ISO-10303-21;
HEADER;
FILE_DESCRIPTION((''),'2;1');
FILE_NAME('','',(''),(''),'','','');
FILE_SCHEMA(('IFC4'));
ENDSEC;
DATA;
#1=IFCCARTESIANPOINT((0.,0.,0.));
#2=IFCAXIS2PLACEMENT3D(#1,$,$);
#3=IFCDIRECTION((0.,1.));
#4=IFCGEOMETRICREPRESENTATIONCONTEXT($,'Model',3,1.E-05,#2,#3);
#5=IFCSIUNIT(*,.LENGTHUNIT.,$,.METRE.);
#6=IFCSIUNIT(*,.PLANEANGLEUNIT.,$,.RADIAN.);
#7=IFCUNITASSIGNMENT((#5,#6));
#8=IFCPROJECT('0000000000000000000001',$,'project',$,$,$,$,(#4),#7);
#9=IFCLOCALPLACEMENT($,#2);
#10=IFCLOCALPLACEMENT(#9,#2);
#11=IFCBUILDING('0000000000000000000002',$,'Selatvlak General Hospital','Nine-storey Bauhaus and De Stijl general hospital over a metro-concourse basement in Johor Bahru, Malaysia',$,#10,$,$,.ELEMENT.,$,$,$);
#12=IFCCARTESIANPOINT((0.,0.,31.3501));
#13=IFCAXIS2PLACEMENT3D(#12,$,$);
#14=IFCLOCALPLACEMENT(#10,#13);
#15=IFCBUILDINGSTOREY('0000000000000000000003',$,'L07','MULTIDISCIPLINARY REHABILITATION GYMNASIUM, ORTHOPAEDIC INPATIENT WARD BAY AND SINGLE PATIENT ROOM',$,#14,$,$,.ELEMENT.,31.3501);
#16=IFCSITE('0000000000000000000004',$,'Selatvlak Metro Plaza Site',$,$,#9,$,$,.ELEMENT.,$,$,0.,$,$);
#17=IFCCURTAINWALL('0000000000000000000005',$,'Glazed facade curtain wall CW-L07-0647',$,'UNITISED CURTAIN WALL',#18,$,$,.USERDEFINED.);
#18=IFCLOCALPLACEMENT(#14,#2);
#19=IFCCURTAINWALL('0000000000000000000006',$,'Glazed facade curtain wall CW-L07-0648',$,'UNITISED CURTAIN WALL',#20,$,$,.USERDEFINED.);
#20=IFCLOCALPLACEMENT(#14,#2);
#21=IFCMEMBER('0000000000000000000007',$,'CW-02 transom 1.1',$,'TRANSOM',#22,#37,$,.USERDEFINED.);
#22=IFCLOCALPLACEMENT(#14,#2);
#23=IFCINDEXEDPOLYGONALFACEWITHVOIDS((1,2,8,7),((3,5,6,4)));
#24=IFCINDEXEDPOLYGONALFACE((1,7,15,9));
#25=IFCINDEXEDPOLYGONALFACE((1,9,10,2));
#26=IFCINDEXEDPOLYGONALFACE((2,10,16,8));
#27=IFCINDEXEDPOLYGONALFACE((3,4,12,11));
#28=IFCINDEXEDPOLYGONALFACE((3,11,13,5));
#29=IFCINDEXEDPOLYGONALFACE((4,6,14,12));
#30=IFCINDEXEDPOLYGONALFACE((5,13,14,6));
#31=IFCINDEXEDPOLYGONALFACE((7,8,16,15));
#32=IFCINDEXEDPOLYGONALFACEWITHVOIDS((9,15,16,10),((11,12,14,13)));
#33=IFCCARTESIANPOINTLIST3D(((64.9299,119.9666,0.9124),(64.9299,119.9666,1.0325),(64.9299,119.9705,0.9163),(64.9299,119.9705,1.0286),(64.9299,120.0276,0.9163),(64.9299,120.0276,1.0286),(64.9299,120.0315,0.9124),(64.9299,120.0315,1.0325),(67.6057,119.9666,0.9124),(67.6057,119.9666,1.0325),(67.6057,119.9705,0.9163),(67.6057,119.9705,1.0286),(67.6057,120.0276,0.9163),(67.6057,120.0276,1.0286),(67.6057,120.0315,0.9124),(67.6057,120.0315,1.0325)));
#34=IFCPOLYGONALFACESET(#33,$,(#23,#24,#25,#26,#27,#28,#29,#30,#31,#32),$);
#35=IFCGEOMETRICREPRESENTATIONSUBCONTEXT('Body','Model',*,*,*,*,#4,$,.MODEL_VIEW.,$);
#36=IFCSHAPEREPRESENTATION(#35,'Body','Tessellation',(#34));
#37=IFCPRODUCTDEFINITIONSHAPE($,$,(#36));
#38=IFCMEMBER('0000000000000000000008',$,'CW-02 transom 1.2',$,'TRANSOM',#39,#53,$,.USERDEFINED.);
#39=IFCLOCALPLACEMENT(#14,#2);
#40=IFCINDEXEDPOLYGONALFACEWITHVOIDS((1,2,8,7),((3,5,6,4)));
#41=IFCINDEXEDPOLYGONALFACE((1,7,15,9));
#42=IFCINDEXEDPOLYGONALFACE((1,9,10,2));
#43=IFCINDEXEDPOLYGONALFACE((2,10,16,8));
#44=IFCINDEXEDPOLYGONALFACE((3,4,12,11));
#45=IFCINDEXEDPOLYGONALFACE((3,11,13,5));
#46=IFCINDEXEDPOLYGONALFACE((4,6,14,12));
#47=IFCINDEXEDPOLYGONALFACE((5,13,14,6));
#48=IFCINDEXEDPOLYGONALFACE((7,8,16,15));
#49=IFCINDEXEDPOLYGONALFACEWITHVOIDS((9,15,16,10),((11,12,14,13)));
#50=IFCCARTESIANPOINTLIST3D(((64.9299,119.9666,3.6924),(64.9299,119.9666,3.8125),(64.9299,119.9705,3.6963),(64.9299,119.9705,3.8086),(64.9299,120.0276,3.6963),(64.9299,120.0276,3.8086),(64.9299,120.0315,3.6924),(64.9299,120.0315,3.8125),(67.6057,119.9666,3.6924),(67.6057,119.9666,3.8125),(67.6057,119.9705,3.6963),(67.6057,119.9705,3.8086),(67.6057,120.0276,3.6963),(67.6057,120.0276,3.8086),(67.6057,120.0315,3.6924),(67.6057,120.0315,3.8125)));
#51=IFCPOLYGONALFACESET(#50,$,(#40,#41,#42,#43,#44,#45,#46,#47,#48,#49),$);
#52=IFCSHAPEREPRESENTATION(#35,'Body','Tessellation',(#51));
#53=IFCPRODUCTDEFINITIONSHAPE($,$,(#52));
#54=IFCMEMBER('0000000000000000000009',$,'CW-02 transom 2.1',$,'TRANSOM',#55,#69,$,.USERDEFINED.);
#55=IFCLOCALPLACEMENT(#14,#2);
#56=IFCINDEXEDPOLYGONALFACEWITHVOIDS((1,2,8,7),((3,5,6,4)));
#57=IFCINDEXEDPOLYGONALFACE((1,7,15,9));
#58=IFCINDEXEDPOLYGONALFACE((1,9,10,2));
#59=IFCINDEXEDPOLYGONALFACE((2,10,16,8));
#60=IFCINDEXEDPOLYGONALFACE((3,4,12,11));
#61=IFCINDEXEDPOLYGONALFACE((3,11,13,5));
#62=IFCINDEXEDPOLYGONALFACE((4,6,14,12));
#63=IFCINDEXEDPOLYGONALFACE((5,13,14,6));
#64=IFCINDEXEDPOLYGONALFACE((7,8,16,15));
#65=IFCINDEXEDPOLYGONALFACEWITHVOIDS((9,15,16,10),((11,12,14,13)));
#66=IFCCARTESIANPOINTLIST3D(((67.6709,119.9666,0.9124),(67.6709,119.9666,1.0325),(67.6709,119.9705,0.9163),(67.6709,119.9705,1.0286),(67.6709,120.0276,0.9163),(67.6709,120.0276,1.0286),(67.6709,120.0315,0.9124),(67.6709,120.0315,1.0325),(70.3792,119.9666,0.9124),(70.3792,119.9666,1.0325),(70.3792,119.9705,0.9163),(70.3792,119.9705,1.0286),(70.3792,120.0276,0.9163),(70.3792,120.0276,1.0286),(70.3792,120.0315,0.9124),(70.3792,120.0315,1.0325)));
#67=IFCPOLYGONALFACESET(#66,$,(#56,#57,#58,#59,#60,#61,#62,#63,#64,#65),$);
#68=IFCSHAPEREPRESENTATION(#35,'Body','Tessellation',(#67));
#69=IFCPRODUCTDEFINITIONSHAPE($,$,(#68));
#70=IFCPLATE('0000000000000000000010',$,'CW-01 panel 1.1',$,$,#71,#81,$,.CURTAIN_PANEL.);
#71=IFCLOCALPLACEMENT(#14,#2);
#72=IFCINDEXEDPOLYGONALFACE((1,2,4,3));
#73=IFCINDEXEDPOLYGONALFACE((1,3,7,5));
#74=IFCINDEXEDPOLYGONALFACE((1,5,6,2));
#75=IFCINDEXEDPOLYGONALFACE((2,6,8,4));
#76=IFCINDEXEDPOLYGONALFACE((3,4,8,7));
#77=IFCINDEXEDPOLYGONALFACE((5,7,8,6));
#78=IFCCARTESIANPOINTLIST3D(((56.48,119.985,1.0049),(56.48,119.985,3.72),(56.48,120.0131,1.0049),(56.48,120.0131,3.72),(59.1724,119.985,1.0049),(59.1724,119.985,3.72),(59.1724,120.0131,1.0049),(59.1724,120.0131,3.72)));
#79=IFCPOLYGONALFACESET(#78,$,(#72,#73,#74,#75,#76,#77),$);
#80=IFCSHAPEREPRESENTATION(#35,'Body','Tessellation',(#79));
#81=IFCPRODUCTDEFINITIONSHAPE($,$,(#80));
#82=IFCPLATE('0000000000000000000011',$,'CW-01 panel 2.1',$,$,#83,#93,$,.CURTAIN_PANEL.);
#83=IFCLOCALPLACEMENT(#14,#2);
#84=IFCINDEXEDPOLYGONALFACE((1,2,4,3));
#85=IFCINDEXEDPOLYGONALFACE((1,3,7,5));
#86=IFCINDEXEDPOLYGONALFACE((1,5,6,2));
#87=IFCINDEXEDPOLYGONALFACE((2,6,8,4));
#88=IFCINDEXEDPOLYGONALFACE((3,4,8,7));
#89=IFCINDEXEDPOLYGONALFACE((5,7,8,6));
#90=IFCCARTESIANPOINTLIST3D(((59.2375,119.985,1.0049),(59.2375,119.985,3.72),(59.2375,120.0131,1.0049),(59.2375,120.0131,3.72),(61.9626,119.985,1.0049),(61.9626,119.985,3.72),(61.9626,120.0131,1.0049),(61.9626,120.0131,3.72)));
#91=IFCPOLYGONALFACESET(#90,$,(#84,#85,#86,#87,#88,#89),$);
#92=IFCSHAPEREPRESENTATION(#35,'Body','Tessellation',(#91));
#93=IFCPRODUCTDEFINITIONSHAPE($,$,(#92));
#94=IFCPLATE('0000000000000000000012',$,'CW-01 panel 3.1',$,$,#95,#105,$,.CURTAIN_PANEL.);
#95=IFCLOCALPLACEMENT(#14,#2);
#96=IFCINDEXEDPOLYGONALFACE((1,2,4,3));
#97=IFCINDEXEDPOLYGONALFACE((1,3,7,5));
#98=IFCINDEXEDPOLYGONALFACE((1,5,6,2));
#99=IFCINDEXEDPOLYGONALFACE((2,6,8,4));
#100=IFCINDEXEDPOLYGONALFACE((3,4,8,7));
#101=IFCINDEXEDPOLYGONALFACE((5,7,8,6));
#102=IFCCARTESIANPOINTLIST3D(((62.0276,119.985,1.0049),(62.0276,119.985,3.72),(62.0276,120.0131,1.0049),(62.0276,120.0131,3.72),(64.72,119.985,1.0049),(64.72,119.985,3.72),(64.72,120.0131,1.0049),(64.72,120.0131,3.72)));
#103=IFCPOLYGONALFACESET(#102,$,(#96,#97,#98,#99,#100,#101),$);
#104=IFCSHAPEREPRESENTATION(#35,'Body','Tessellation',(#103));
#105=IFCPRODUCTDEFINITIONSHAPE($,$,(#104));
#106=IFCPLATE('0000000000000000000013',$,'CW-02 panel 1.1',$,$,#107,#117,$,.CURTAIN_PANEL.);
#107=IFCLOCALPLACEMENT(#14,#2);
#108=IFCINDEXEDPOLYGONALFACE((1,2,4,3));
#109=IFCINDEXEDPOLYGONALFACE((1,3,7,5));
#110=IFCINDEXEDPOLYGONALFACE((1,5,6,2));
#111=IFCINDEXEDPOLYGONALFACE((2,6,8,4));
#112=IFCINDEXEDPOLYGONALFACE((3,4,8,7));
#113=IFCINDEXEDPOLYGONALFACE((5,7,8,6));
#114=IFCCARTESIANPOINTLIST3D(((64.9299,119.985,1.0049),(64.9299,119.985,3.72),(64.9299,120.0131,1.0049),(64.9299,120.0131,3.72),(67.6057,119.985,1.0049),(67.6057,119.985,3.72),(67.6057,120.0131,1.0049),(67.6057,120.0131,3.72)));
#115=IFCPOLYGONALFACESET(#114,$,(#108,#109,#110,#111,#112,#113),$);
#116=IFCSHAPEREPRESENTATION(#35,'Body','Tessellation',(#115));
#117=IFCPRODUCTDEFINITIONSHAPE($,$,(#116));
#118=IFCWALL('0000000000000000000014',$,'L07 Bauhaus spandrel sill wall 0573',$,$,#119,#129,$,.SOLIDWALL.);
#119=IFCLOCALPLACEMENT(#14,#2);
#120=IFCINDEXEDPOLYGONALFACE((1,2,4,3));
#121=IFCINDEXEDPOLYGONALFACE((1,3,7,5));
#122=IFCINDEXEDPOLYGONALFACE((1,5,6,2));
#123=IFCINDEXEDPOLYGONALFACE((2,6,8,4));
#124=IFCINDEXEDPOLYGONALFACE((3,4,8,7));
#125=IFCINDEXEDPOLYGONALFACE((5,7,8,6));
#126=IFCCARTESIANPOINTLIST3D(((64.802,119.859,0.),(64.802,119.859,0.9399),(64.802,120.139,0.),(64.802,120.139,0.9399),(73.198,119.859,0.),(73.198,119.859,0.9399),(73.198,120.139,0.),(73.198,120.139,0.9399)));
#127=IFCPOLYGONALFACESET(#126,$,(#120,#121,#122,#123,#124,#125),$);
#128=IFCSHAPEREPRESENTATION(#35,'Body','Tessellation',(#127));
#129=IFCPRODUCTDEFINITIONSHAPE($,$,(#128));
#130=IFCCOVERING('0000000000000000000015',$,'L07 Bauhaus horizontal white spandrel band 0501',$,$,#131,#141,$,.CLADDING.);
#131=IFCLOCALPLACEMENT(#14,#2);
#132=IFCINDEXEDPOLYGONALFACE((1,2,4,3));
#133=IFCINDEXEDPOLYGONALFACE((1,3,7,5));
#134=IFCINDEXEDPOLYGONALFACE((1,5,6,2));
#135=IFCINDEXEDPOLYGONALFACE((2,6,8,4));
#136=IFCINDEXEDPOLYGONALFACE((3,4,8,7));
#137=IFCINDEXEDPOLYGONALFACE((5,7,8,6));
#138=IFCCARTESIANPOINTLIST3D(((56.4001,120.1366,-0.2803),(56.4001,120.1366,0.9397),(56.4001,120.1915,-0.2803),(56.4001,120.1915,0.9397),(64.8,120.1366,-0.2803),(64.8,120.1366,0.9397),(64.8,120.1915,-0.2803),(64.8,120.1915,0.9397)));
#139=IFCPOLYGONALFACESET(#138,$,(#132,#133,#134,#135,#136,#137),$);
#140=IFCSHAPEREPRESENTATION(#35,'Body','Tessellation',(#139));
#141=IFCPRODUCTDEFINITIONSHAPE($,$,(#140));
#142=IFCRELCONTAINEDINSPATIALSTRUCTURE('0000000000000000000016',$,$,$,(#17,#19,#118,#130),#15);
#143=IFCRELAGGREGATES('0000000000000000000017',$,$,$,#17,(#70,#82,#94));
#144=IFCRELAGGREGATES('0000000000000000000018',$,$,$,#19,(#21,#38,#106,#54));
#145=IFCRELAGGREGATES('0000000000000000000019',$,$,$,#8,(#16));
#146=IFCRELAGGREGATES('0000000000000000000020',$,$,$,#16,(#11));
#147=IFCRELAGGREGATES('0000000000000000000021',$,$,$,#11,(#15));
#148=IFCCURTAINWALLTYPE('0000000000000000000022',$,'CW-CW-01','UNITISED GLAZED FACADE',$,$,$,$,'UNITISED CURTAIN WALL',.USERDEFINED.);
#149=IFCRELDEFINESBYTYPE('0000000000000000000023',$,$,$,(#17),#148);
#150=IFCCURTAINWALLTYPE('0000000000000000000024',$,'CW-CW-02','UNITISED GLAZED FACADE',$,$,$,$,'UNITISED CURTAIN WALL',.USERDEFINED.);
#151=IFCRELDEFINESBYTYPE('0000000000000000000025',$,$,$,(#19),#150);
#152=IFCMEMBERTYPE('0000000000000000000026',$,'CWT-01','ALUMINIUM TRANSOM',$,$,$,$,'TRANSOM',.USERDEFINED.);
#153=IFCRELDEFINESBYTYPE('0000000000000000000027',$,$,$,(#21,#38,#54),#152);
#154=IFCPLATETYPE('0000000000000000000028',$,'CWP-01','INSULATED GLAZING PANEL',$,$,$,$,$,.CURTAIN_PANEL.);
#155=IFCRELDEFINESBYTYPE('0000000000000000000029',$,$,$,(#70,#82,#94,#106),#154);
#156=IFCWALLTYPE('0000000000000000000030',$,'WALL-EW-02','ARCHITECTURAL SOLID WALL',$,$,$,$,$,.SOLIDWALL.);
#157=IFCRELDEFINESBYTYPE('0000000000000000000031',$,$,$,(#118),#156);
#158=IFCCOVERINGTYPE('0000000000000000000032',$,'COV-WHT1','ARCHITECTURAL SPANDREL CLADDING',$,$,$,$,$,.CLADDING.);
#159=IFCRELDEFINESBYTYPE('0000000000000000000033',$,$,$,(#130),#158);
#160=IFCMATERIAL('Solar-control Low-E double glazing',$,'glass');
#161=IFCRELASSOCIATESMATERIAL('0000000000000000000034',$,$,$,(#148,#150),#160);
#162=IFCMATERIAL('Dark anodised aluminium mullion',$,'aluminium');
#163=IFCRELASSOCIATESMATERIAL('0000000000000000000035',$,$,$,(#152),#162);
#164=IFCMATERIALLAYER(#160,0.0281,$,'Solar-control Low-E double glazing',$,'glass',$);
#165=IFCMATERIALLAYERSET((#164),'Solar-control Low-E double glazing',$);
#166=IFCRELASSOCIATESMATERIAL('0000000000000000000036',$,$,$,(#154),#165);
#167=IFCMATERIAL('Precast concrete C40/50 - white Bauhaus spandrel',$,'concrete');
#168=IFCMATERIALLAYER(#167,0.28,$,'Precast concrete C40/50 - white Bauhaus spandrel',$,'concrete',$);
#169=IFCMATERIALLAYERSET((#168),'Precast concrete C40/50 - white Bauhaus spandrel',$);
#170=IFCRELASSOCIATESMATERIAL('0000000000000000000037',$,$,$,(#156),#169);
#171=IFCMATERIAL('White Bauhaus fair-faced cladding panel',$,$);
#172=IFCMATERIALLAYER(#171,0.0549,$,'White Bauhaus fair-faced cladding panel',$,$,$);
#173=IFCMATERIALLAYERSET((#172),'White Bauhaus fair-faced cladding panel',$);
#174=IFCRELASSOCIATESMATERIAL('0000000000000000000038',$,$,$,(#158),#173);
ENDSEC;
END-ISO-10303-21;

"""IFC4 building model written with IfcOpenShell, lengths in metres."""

from ifc_helpers import new_model, si_unit, direction, frame, frame_2d, origin, origin_2d, place, context, subcontext, project, spatial, rectangle, hollow_rectangle, extrude, material, layer, layer_set, material_profile, profile_set, type_object, element, aggregate, save


model = new_model("IFC4")

# Units and contexts
model_context = context("Model", 3, precision=1e-05, world=origin(), true_north=direction((0.0, 1.0)))
body_context = subcontext(model_context, "Body", "Model", "MODEL_VIEW")
ifc_project = project(units=[si_unit("LENGTHUNIT", "METRE"), si_unit("PLANEANGLEUNIT", "RADIAN")], contexts=[model_context])

# Site, building, storey
site_placement = place(None, origin())
site = spatial("IfcSite", under=ifc_project, at=site_placement, Name="Selatvlak Metro Plaza Site", CompositionType="ELEMENT", RefElevation=0.0)
building_placement = place(site_placement, origin())
building = spatial("IfcBuilding", under=site, at=building_placement, Name="Selatvlak General Hospital", Description="Nine-storey Bauhaus and De Stijl general hospital over a metro-concourse basement in Johor Bahru, Malaysia", CompositionType="ELEMENT")
storey_placement = place(building_placement, frame((0.0, 0.0, 31.3501)))
storey = spatial("IfcBuildingStorey", under=building, at=storey_placement, Name="L07", Description="MULTIDISCIPLINARY REHABILITATION GYMNASIUM, ORTHOPAEDIC INPATIENT WARD BAY AND SINGLE PATIENT ROOM", CompositionType="ELEMENT", Elevation=31.3501)

# Curtain walls
ifc_material_1 = material(Name="Solar-control Low-E double glazing", Category="glass")
curtain_wall_type_1 = type_object("IfcCurtainWallType", Name="CW-CW-01", Description="UNITISED GLAZED FACADE", ElementType="UNITISED CURTAIN WALL", PredefinedType="USERDEFINED", material=ifc_material_1)
curtain_wall_1_placement = place(storey_placement, origin())
curtain_wall_1 = element("IfcCurtainWall", 1, at=curtain_wall_1_placement, inside=storey, type_object=curtain_wall_type_1, Name="Glazed facade curtain wall CW-L07-0647", ObjectType="UNITISED CURTAIN WALL", PredefinedType="USERDEFINED")
ifc_material_2 = material(Name="Dark anodised aluminium mullion", Category="aluminium")
curtain_wall_type_2 = type_object("IfcCurtainWallType", Name="CW-CW-02", Description="UNITISED GLAZED FACADE", ElementType="UNITISED CURTAIN WALL", PredefinedType="USERDEFINED", material=ifc_material_1)
curtain_wall_2_placement = place(storey_placement, origin())
curtain_wall_2 = element("IfcCurtainWall", 2, at=curtain_wall_2_placement, inside=storey, type_object=curtain_wall_type_2, Name="Glazed facade curtain wall CW-L07-0648", ObjectType="UNITISED CURTAIN WALL", PredefinedType="USERDEFINED")

# Members
ifc_material_profile_1 = material_profile(ifc_material_2, hollow_rectangle(XDim=0.0649, YDim=0.1201, WallThickness=0.0039, at=origin_2d()), Name="AL-TRN 65x120x4")
ifc_profile_set_1 = profile_set([ifc_material_profile_1], Name="Dark anodised aluminium mullion")
member_type_1 = type_object("IfcMemberType", Name="CWT-01", Description="ALUMINIUM TRANSOM", ElementType="TRANSOM", PredefinedType="USERDEFINED", material=ifc_profile_set_1)
member_1_placement = place(storey_placement, frame((64.9299, 119.999, 0.9724), z_axis=(1.0, 0.0, 0.0), x_axis=(0.0, 1.0, 0.0)))
member_1 = element("IfcMember", 3, at=member_1_placement, type_object=member_type_1, Name="CW-02 transom 1.1", ObjectType="TRANSOM", PredefinedType="USERDEFINED", context=body_context, shape_type="SweptSolid", body=[
    extrude(hollow_rectangle(XDim=0.0649, YDim=0.1201, WallThickness=0.0039, at=origin_2d()), origin(), (0.0, 0.0, 1.0), 2.6758),
])
member_2_placement = place(storey_placement, frame((64.9299, 119.999, 3.7524), z_axis=(1.0, 0.0, 0.0), x_axis=(0.0, 1.0, 0.0)))
member_2 = element("IfcMember", 4, at=member_2_placement, type_object=member_type_1, Name="CW-02 transom 1.2", ObjectType="TRANSOM", PredefinedType="USERDEFINED", context=body_context, shape_type="SweptSolid", body=[
    extrude(hollow_rectangle(XDim=0.0649, YDim=0.1201, WallThickness=0.0039, at=origin_2d()), origin(), (0.0, 0.0, 1.0), 2.6758),
])
member_3_placement = place(storey_placement, frame((67.6709, 119.999, 0.9724), z_axis=(1.0, 0.0, 0.0), x_axis=(0.0, 1.0, 0.0)))
member_3 = element("IfcMember", 5, at=member_3_placement, type_object=member_type_1, Name="CW-02 transom 2.1", ObjectType="TRANSOM", PredefinedType="USERDEFINED", context=body_context, shape_type="SweptSolid", body=[
    extrude(hollow_rectangle(XDim=0.0649, YDim=0.1201, WallThickness=0.0039, at=origin_2d()), origin(), (0.0, 0.0, 1.0), 2.7083),
])

# Plates
ifc_layer_1 = layer(ifc_material_1, 0.0281, Name="Solar-control Low-E double glazing", Category="glass")
ifc_layer_set_1 = layer_set([ifc_layer_1], Name="Solar-control Low-E double glazing")
plate_type = type_object("IfcPlateType", Name="CWP-01", Description="INSULATED GLAZING PANEL", PredefinedType="CURTAIN_PANEL", material=ifc_layer_set_1)
plate_1_placement = place(storey_placement, frame((57.8262, 119.999, 1.0049), z_axis=(0.0, 0.0, 1.0), x_axis=(1.0, 0.0, 0.0)))
plate_1 = element("IfcPlate", 6, at=plate_1_placement, type_object=plate_type, Name="CW-01 panel 1.1", PredefinedType="CURTAIN_PANEL", context=body_context, shape_type="SweptSolid", body=[
    extrude(rectangle(XDim=2.6924, YDim=0.0281, at=origin_2d()), origin(), (0.0, 0.0, 1.0), 2.7151),
])
plate_2_placement = place(storey_placement, frame((60.6001, 119.999, 1.0049), z_axis=(0.0, 0.0, 1.0), x_axis=(1.0, 0.0, 0.0)))
plate_2 = element("IfcPlate", 7, at=plate_2_placement, type_object=plate_type, Name="CW-01 panel 2.1", PredefinedType="CURTAIN_PANEL", context=body_context, shape_type="SweptSolid", body=[
    extrude(rectangle(XDim=2.7251, YDim=0.0281, at=origin_2d()), origin(), (0.0, 0.0, 1.0), 2.7151),
])
plate_3_placement = place(storey_placement, frame((63.3738, 119.999, 1.0049), z_axis=(0.0, 0.0, 1.0), x_axis=(1.0, 0.0, 0.0)))
plate_3 = element("IfcPlate", 8, at=plate_3_placement, type_object=plate_type, Name="CW-01 panel 3.1", PredefinedType="CURTAIN_PANEL", context=body_context, shape_type="SweptSolid", body=[
    extrude(rectangle(XDim=2.6924, YDim=0.0281, at=origin_2d()), origin(), (0.0, 0.0, 1.0), 2.7151),
])
aggregate(curtain_wall_1, [plate_1, plate_2, plate_3])
plate_4_placement = place(storey_placement, frame((66.2678, 119.999, 1.0049), z_axis=(0.0, 0.0, 1.0), x_axis=(1.0, 0.0, 0.0)))
plate_4 = element("IfcPlate", 9, at=plate_4_placement, type_object=plate_type, Name="CW-02 panel 1.1", PredefinedType="CURTAIN_PANEL", context=body_context, shape_type="SweptSolid", body=[
    extrude(rectangle(XDim=2.6758, YDim=0.0281, at=origin_2d()), origin(), (0.0, 0.0, 1.0), 2.7151),
])
aggregate(curtain_wall_2, [member_1, member_2, plate_4, member_3])

# Wall
ifc_material_3 = material(Name="Precast concrete C40/50 - white Bauhaus spandrel", Category="concrete")
ifc_layer_2 = layer(ifc_material_3, 0.28, Name="Precast concrete C40/50 - white Bauhaus spandrel", Category="concrete")
ifc_layer_set_2 = layer_set([ifc_layer_2], Name="Precast concrete C40/50 - white Bauhaus spandrel")
wall_type = type_object("IfcWallType", Name="WALL-EW-02", Description="ARCHITECTURAL SOLID WALL", PredefinedType="SOLIDWALL", material=ifc_layer_set_2)
wall_placement = place(storey_placement, frame((64.802, 119.999, 0.0), z_axis=(0.0, 0.0, 1.0), x_axis=(1.0, 0.0, 0.0)))
element("IfcWall", 10, at=wall_placement, inside=storey, type_object=wall_type, Name="L07 Bauhaus spandrel sill wall 0573", PredefinedType="SOLIDWALL", context=body_context, shape_type="SweptSolid", body=[
    extrude(rectangle(XDim=8.396, YDim=0.28, at=frame_2d((4.198, 0.0))), origin(), (0.0, 0.0, 1.0), 0.9399),
])

# Covering
ifc_material_4 = material(Name="White Bauhaus fair-faced cladding panel")
ifc_layer_3 = layer(ifc_material_4, 0.0549, Name="White Bauhaus fair-faced cladding panel")
ifc_layer_set_3 = layer_set([ifc_layer_3], Name="White Bauhaus fair-faced cladding panel")
covering_type = type_object("IfcCoveringType", Name="COV-WHT1", Description="ARCHITECTURAL SPANDREL CLADDING", PredefinedType="CLADDING", material=ifc_layer_set_3)
covering_placement = place(storey_placement, frame((60.6001, 120.1641, -0.2803), z_axis=(0.0, 0.0, 1.0), x_axis=(1.0, 0.0, 0.0)))
element("IfcCovering", 11, at=covering_placement, inside=storey, type_object=covering_type, Name="L07 Bauhaus horizontal white spandrel band 0501", PredefinedType="CLADDING", context=body_context, shape_type="SweptSolid", body=[
    extrude(rectangle(XDim=8.3999, YDim=0.0549, at=origin_2d()), origin(), (0.0, 0.0, 1.0), 1.22),
])

save(model, "model.ifc")
